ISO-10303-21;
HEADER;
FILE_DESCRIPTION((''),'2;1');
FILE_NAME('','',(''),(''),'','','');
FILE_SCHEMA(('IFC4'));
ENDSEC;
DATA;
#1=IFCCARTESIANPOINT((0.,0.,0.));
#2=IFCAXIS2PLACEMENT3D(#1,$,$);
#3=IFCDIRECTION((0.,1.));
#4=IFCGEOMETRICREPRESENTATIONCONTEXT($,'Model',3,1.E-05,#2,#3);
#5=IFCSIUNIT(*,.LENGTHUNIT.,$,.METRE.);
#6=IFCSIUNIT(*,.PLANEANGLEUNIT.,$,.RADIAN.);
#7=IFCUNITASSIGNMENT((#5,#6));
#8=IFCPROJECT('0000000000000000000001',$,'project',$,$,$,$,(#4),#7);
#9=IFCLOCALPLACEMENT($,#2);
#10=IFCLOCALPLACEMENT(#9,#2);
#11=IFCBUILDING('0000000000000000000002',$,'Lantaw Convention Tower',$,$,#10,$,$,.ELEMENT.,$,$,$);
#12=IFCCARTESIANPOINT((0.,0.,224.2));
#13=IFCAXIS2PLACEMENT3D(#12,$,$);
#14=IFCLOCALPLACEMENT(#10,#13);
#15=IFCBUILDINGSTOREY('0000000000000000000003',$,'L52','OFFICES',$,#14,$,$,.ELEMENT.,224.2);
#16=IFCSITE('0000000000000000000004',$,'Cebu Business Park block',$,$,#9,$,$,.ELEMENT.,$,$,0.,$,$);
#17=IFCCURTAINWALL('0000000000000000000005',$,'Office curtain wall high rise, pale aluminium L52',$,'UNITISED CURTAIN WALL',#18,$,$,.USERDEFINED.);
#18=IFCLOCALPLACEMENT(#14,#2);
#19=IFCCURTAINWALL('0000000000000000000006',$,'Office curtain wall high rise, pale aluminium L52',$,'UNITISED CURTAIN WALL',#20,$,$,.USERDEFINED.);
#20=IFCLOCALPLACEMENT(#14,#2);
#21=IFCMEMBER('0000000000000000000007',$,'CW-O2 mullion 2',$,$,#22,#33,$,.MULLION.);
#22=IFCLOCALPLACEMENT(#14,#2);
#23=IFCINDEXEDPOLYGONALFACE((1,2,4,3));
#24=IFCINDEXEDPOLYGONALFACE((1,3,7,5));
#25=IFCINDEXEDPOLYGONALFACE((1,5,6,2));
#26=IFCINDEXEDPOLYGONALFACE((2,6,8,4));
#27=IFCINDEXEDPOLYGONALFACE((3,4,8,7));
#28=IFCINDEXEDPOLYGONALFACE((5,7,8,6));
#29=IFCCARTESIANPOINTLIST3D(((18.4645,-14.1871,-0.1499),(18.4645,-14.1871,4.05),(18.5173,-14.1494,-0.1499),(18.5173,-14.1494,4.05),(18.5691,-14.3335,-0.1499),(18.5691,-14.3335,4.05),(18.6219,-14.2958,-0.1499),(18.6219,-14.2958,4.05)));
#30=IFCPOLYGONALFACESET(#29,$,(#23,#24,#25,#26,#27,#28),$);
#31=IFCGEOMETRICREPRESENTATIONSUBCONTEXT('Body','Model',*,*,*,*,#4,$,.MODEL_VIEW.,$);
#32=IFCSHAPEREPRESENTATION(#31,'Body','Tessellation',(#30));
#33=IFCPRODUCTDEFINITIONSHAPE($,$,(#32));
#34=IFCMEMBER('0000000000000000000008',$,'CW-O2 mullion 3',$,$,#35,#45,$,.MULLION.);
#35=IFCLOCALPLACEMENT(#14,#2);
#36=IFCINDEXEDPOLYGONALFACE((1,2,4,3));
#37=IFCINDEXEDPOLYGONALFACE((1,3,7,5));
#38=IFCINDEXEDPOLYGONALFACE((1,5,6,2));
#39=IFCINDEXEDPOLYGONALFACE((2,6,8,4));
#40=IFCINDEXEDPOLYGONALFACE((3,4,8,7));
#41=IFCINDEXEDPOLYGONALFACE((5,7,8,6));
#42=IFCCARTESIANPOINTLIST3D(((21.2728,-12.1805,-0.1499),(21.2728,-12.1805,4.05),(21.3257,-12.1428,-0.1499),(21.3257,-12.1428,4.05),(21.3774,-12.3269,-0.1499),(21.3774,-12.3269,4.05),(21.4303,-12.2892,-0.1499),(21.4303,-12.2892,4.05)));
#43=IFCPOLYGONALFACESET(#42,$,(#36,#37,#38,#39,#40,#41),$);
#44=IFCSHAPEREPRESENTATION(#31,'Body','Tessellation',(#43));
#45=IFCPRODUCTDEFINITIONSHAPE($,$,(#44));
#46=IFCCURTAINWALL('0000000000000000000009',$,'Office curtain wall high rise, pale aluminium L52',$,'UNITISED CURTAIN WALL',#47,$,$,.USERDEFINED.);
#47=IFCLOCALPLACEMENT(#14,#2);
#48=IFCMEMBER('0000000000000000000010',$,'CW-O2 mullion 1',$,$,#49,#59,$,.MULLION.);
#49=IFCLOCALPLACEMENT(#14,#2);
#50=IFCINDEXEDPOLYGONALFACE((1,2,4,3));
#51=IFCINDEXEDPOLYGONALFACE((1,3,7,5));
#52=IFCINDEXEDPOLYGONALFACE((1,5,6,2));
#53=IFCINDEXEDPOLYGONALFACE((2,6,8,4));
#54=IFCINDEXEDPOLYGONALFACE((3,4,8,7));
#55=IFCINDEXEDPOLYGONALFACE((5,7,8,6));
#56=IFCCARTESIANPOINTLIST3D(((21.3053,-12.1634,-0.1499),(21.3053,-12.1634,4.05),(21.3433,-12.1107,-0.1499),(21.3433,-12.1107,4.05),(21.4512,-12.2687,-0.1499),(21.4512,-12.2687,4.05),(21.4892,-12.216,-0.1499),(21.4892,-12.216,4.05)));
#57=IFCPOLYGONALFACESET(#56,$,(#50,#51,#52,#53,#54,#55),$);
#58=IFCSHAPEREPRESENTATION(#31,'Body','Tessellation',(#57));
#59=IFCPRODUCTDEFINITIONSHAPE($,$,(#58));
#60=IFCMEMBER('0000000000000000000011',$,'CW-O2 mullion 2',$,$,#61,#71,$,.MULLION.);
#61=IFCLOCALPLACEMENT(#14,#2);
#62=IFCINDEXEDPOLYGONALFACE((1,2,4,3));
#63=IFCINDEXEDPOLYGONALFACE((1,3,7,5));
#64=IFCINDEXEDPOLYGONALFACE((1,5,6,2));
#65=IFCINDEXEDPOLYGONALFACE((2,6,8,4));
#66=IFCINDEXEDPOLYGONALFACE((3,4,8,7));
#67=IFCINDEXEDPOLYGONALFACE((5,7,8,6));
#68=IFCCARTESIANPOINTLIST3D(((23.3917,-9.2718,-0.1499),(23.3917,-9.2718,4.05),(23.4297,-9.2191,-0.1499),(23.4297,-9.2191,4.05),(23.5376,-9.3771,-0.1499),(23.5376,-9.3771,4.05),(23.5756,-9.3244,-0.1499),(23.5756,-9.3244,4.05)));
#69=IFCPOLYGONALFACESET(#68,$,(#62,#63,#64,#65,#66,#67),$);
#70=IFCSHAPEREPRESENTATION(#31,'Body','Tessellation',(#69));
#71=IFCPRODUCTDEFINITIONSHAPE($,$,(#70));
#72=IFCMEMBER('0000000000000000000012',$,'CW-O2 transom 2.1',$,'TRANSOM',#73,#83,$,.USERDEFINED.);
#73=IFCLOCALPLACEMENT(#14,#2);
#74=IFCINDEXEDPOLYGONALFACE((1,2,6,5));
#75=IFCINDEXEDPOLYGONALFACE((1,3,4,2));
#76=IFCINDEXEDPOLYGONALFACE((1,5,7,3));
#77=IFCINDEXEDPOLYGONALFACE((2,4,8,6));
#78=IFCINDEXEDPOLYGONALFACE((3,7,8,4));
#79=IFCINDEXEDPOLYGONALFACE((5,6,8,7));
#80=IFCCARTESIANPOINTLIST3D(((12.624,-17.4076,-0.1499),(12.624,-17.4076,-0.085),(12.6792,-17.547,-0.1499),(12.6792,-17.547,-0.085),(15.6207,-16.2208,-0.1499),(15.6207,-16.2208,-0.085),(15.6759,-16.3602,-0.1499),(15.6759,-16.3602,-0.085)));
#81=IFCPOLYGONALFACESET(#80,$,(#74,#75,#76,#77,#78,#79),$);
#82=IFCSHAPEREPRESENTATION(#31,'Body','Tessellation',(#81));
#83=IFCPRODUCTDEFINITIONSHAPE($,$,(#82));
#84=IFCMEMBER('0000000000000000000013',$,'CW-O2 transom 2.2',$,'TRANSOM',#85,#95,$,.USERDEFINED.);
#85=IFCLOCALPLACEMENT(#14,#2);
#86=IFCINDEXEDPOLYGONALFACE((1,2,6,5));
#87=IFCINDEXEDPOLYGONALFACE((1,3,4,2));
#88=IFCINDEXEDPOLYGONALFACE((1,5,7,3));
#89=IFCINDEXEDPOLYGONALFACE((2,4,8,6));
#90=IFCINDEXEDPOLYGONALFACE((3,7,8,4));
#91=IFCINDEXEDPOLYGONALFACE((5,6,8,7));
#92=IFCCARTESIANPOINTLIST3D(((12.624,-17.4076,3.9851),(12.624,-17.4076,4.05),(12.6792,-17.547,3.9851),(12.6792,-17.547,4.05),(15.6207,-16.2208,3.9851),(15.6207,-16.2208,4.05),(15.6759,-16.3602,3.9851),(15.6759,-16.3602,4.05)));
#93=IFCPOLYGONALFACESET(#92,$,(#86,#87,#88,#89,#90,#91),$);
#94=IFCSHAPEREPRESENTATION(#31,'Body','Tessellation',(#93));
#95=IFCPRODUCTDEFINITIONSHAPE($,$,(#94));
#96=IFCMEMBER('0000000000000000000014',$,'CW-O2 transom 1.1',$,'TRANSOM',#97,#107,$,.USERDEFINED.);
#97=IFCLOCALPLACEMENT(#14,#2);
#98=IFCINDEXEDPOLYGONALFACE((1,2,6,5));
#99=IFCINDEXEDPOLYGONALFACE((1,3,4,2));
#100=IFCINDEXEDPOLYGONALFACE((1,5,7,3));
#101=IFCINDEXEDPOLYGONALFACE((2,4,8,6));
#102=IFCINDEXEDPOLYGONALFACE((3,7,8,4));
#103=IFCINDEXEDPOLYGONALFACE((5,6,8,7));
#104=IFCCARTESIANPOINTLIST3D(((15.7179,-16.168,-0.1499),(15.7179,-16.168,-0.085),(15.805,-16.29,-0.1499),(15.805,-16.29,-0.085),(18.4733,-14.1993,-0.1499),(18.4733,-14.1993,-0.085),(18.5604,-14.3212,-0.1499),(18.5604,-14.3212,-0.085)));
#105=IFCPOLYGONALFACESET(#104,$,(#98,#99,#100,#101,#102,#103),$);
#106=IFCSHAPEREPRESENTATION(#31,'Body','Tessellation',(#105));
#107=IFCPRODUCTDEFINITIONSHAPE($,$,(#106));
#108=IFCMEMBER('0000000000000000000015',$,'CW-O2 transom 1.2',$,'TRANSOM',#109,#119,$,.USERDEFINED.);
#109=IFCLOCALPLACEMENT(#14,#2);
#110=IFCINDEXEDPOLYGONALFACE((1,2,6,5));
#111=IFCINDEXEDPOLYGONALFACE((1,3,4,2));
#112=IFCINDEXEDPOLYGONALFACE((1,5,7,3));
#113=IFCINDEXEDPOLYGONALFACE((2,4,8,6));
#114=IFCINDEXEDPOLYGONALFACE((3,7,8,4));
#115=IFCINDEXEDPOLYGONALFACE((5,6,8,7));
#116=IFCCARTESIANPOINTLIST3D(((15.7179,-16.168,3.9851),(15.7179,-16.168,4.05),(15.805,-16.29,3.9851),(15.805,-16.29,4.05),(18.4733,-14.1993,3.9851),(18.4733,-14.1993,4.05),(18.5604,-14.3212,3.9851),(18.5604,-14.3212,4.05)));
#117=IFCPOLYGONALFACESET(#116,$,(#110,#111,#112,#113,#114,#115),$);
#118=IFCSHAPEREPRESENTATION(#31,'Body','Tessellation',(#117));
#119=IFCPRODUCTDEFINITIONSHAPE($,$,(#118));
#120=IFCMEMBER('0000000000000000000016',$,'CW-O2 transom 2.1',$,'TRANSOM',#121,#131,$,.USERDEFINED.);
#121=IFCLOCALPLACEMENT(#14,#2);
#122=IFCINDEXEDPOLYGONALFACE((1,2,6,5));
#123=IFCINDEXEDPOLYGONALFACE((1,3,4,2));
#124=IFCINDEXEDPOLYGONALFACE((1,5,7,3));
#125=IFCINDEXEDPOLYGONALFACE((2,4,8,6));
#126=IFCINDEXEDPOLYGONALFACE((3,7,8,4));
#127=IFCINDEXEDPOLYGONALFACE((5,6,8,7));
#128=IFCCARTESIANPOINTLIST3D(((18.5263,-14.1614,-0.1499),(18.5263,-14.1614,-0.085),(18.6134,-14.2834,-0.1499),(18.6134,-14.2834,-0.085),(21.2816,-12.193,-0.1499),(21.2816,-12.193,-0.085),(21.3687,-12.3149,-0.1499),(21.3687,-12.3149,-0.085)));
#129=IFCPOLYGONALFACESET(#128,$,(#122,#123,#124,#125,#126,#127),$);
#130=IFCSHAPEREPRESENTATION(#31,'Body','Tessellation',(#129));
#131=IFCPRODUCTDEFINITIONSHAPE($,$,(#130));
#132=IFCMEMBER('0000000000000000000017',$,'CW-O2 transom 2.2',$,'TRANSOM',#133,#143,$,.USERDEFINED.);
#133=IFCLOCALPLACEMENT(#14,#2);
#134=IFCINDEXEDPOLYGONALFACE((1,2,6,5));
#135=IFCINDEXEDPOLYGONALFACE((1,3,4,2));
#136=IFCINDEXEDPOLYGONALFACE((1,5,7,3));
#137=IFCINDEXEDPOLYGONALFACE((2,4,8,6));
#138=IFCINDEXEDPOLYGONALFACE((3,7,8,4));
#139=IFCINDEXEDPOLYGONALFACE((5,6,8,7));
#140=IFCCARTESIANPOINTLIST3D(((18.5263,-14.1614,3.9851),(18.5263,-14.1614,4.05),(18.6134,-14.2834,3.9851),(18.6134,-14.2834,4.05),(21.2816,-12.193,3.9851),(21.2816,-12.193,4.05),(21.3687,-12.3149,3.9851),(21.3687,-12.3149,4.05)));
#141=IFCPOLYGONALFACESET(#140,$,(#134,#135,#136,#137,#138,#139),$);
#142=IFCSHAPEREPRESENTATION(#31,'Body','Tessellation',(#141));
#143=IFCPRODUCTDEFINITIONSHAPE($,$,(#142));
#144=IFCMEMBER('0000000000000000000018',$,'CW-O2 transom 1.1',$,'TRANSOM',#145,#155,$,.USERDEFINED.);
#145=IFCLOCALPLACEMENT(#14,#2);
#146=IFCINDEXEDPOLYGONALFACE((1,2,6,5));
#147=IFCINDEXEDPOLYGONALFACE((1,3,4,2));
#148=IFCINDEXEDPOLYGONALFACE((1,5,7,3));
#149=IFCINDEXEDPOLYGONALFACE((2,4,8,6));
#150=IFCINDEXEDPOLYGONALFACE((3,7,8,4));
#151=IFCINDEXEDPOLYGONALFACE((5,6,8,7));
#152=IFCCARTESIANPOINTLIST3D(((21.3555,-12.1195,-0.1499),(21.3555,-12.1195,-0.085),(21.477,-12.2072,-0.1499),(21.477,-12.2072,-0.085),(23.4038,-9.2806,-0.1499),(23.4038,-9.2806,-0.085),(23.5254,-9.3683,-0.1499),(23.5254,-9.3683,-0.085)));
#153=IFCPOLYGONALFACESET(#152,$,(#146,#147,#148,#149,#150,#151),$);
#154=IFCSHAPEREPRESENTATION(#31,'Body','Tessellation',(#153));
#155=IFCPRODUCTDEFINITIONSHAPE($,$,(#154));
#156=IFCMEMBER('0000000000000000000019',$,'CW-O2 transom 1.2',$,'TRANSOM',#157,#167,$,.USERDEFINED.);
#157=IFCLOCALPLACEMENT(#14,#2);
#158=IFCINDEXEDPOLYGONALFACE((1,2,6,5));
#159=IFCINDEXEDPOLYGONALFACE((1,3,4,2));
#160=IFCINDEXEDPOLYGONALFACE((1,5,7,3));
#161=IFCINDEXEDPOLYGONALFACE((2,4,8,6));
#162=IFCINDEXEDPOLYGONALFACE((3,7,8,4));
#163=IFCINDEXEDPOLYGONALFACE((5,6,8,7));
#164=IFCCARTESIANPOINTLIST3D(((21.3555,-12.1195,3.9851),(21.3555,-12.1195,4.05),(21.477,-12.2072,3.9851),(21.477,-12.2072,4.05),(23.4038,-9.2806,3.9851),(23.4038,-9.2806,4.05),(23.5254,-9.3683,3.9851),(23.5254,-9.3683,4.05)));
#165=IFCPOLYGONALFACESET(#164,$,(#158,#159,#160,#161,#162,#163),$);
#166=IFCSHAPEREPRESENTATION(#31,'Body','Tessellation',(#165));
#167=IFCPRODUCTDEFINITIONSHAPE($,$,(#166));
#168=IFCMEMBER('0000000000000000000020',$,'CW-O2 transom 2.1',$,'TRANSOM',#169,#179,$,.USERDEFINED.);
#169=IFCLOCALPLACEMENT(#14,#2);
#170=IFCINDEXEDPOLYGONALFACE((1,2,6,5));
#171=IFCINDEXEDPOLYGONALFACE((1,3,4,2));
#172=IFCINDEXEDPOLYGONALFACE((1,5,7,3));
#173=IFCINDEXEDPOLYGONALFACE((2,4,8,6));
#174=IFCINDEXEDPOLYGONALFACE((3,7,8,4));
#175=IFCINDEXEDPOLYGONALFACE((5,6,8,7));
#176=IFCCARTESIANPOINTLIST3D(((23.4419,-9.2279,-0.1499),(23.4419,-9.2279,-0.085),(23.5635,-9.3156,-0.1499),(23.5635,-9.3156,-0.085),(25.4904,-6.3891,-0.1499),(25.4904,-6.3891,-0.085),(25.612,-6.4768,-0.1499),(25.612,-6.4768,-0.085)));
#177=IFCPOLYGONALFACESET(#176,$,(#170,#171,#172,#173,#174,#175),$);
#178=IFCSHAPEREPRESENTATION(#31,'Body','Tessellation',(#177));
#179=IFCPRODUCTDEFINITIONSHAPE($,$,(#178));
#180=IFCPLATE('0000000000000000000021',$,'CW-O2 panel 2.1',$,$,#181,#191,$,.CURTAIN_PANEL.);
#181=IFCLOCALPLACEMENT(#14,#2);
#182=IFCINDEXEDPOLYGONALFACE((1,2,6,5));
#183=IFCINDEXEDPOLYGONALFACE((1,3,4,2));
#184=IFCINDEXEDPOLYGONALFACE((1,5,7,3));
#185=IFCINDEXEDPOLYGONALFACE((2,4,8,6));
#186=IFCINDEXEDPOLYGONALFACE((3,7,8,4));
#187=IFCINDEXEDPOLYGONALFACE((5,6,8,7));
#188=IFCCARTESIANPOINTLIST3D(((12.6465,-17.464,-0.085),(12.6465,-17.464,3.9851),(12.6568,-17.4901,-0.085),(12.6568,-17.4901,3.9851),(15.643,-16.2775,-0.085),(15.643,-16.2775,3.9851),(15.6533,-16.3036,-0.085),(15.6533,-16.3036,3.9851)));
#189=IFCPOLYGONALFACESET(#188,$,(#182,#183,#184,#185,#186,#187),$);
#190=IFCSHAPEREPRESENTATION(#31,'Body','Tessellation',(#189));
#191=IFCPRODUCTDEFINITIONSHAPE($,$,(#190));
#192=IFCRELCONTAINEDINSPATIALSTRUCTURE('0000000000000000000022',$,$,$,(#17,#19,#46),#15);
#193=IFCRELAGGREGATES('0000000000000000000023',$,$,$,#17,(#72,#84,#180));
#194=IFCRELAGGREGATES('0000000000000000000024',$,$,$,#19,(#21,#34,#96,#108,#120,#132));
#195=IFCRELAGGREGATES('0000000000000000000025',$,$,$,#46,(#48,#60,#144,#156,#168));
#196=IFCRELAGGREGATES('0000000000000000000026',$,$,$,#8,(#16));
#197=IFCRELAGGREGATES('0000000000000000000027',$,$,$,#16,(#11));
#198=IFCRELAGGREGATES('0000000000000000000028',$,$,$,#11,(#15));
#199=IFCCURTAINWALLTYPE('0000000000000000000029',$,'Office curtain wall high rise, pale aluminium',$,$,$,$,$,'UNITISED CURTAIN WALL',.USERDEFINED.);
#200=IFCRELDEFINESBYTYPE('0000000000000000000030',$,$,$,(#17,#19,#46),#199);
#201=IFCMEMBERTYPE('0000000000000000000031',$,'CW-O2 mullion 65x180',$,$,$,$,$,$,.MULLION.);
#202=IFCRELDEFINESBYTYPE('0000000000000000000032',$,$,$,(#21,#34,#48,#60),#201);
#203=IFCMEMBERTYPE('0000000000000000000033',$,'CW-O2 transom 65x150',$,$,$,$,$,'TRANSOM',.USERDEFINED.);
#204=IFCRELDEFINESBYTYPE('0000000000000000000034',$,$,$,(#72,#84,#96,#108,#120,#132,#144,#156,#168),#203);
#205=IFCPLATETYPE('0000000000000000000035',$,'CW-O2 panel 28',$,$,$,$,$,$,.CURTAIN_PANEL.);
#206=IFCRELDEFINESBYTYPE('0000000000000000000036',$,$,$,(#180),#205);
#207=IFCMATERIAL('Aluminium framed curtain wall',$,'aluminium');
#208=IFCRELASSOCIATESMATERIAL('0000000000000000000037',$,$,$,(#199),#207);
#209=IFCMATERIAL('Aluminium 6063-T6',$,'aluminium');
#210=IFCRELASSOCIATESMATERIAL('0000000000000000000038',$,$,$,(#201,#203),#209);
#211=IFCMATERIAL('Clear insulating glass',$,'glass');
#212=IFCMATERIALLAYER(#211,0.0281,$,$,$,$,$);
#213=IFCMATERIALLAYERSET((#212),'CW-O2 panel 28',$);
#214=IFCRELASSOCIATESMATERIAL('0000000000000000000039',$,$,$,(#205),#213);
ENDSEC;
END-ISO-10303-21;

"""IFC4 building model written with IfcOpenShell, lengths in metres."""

from ifc_helpers import new_model, si_unit, direction, frame, origin, origin_2d, place, context, subcontext, project, spatial, rectangle, extrude, material, layer, layer_set, material_profile, profile_set, type_object, element, aggregate, save


model = new_model("IFC4")

# Units and contexts
model_context = context("Model", 3, precision=1e-05, world=origin(), true_north=direction((0.0, 1.0)))
body_context = subcontext(model_context, "Body", "Model", "MODEL_VIEW")
ifc_project = project(units=[si_unit("LENGTHUNIT", "METRE"), si_unit("PLANEANGLEUNIT", "RADIAN")], contexts=[model_context])

# Site, building, storey
site_placement = place(None, origin())
site = spatial("IfcSite", under=ifc_project, at=site_placement, Name="Cebu Business Park block", CompositionType="ELEMENT", RefElevation=0.0)
building_placement = place(site_placement, origin())
building = spatial("IfcBuilding", under=site, at=building_placement, Name="Lantaw Convention Tower", CompositionType="ELEMENT")
storey_placement = place(building_placement, frame((0.0, 0.0, 224.2)))
storey = spatial("IfcBuildingStorey", under=building, at=storey_placement, Name="L52", Description="OFFICES", CompositionType="ELEMENT", Elevation=224.2)

# Curtain walls, members
ifc_material_1 = material(Name="Aluminium framed curtain wall", Category="aluminium")
curtain_wall_type = type_object("IfcCurtainWallType", Name="Office curtain wall high rise, pale aluminium", ElementType="UNITISED CURTAIN WALL", PredefinedType="USERDEFINED", material=ifc_material_1)
curtain_wall_1_placement = place(storey_placement, origin())
curtain_wall_1 = element("IfcCurtainWall", 1, at=curtain_wall_1_placement, inside=storey, type_object=curtain_wall_type, Name="Office curtain wall high rise, pale aluminium L52", ObjectType="UNITISED CURTAIN WALL", PredefinedType="USERDEFINED")
ifc_material_2 = material(Name="Aluminium 6063-T6", Category="aluminium")
ifc_material_profile_1 = material_profile(ifc_material_2, rectangle(XDim=0.1799, YDim=0.0649, at=origin_2d()), Name="CW-O2 mullion 65x180")
ifc_profile_set_1 = profile_set([ifc_material_profile_1], Name="Aluminium 6063-T6")
member_type_1 = type_object("IfcMemberType", Name="CW-O2 mullion 65x180", PredefinedType="MULLION", material=ifc_profile_set_1)
curtain_wall_2_placement = place(storey_placement, origin())
curtain_wall_2 = element("IfcCurtainWall", 2, at=curtain_wall_2_placement, inside=storey, type_object=curtain_wall_type, Name="Office curtain wall high rise, pale aluminium L52", ObjectType="UNITISED CURTAIN WALL", PredefinedType="USERDEFINED")
member_1_placement = place(storey_placement, frame((18.5432, -14.2415, -0.1499), z_axis=(0.0, 0.0, 1.0), x_axis=(-0.581323, 0.813673, 0.0)))
member_1 = element("IfcMember", 3, at=member_1_placement, type_object=member_type_1, Name="CW-O2 mullion 2", PredefinedType="MULLION", context=body_context, shape_type="SweptSolid", body=[
    extrude(rectangle(XDim=0.1799, YDim=0.0649, at=origin_2d()), origin(), (0.0, 0.0, 1.0), 4.2),
])
member_2_placement = place(storey_placement, frame((21.3516, -12.2349, -0.1499), z_axis=(0.0, 0.0, 1.0), x_axis=(-0.581323, 0.813673, 0.0)))
member_2 = element("IfcMember", 4, at=member_2_placement, type_object=member_type_1, Name="CW-O2 mullion 3", PredefinedType="MULLION", context=body_context, shape_type="SweptSolid", body=[
    extrude(rectangle(XDim=0.1799, YDim=0.0649, at=origin_2d()), origin(), (0.0, 0.0, 1.0), 4.2),
])
curtain_wall_3_placement = place(storey_placement, origin())
curtain_wall_3 = element("IfcCurtainWall", 5, at=curtain_wall_3_placement, inside=storey, type_object=curtain_wall_type, Name="Office curtain wall high rise, pale aluminium L52", ObjectType="UNITISED CURTAIN WALL", PredefinedType="USERDEFINED")
member_3_placement = place(storey_placement, frame((21.3972, -12.1897, -0.1499), z_axis=(0.0, 0.0, 1.0), x_axis=(-0.81092, 0.585158, 0.0)))
member_3 = element("IfcMember", 6, at=member_3_placement, type_object=member_type_1, Name="CW-O2 mullion 1", PredefinedType="MULLION", context=body_context, shape_type="SweptSolid", body=[
    extrude(rectangle(XDim=0.1799, YDim=0.0649, at=origin_2d()), origin(), (0.0, 0.0, 1.0), 4.2),
])
member_4_placement = place(storey_placement, frame((23.4836, -9.2981, -0.1499), z_axis=(0.0, 0.0, 1.0), x_axis=(-0.81092, 0.585158, 0.0)))
member_4 = element("IfcMember", 7, at=member_4_placement, type_object=member_type_1, Name="CW-O2 mullion 2", PredefinedType="MULLION", context=body_context, shape_type="SweptSolid", body=[
    extrude(rectangle(XDim=0.1799, YDim=0.0649, at=origin_2d()), origin(), (0.0, 0.0, 1.0), 4.2),
])

# Members
ifc_material_profile_2 = material_profile(ifc_material_2, rectangle(XDim=0.1499, YDim=0.0649, at=origin_2d()), Name="CW-O2 transom 65x150")
ifc_profile_set_2 = profile_set([ifc_material_profile_2], Name="Aluminium 6063-T6")
member_type_2 = type_object("IfcMemberType", Name="CW-O2 transom 65x150", ElementType="TRANSOM", PredefinedType="USERDEFINED", material=ifc_profile_set_2)
member_5_placement = place(storey_placement, frame((12.6516, -17.4773, -0.1174), z_axis=(0.929741, 0.368215, 0.0), x_axis=(-0.368215, 0.929741, 0.0)))
member_5 = element("IfcMember", 8, at=member_5_placement, type_object=member_type_2, Name="CW-O2 transom 2.1", ObjectType="TRANSOM", PredefinedType="USERDEFINED", context=body_context, shape_type="SweptSolid", body=[
    extrude(rectangle(XDim=0.1499, YDim=0.0649, at=origin_2d()), origin(), (0.0, 0.0, 1.0), 3.2231),
])
member_6_placement = place(storey_placement, frame((12.6516, -17.4773, 4.0176), z_axis=(0.929741, 0.368215, 0.0), x_axis=(-0.368215, 0.929741, 0.0)))
member_6 = element("IfcMember", 9, at=member_6_placement, type_object=member_type_2, Name="CW-O2 transom 2.2", ObjectType="TRANSOM", PredefinedType="USERDEFINED", context=body_context, shape_type="SweptSolid", body=[
    extrude(rectangle(XDim=0.1499, YDim=0.0649, at=origin_2d()), origin(), (0.0, 0.0, 1.0), 3.2231),
])
member_7_placement = place(storey_placement, frame((15.7615, -16.229, -0.1174), z_axis=(0.813646, 0.581361, 0.0), x_axis=(-0.581361, 0.813646, 0.0)))
member_7 = element("IfcMember", 10, at=member_7_placement, type_object=member_type_2, Name="CW-O2 transom 1.1", ObjectType="TRANSOM", PredefinedType="USERDEFINED", context=body_context, shape_type="SweptSolid", body=[
    extrude(rectangle(XDim=0.1499, YDim=0.0649, at=origin_2d()), origin(), (0.0, 0.0, 1.0), 3.3865),
])
member_8_placement = place(storey_placement, frame((15.7615, -16.229, 4.0176), z_axis=(0.813646, 0.581361, 0.0), x_axis=(-0.581361, 0.813646, 0.0)))
member_8 = element("IfcMember", 11, at=member_8_placement, type_object=member_type_2, Name="CW-O2 transom 1.2", ObjectType="TRANSOM", PredefinedType="USERDEFINED", context=body_context, shape_type="SweptSolid", body=[
    extrude(rectangle(XDim=0.1499, YDim=0.0649, at=origin_2d()), origin(), (0.0, 0.0, 1.0), 3.3865),
])
member_9_placement = place(storey_placement, frame((18.5698, -14.2224, -0.1174), z_axis=(0.81368, 0.581313, 0.0), x_axis=(-0.581313, 0.81368, 0.0)))
member_9 = element("IfcMember", 12, at=member_9_placement, type_object=member_type_2, Name="CW-O2 transom 2.1", ObjectType="TRANSOM", PredefinedType="USERDEFINED", context=body_context, shape_type="SweptSolid", body=[
    extrude(rectangle(XDim=0.1499, YDim=0.0649, at=origin_2d()), origin(), (0.0, 0.0, 1.0), 3.3862),
])
member_10_placement = place(storey_placement, frame((18.5698, -14.2224, 4.0176), z_axis=(0.81368, 0.581313, 0.0), x_axis=(-0.581313, 0.81368, 0.0)))
member_10 = element("IfcMember", 13, at=member_10_placement, type_object=member_type_2, Name="CW-O2 transom 2.2", ObjectType="TRANSOM", PredefinedType="USERDEFINED", context=body_context, shape_type="SweptSolid", body=[
    extrude(rectangle(XDim=0.1499, YDim=0.0649, at=origin_2d()), origin(), (0.0, 0.0, 1.0), 3.3862),
])
member_11_placement = place(storey_placement, frame((21.4163, -12.1633, -0.1174), z_axis=(0.585124, 0.810944, 0.0), x_axis=(-0.810944, 0.585124, 0.0)))
member_11 = element("IfcMember", 14, at=member_11_placement, type_object=member_type_2, Name="CW-O2 transom 1.1", ObjectType="TRANSOM", PredefinedType="USERDEFINED", context=body_context, shape_type="SweptSolid", body=[
    extrude(rectangle(XDim=0.1499, YDim=0.0649, at=origin_2d()), origin(), (0.0, 0.0, 1.0), 3.5007),
])
member_12_placement = place(storey_placement, frame((21.4163, -12.1633, 4.0176), z_axis=(0.585124, 0.810944, 0.0), x_axis=(-0.810944, 0.585124, 0.0)))
member_12 = element("IfcMember", 15, at=member_12_placement, type_object=member_type_2, Name="CW-O2 transom 1.2", ObjectType="TRANSOM", PredefinedType="USERDEFINED", context=body_context, shape_type="SweptSolid", body=[
    extrude(rectangle(XDim=0.1499, YDim=0.0649, at=origin_2d()), origin(), (0.0, 0.0, 1.0), 3.5007),
])
member_13_placement = place(storey_placement, frame((23.5027, -9.2717, -0.1174), z_axis=(0.58517, 0.810911, 0.0), x_axis=(-0.810911, 0.58517, 0.0)))
member_13 = element("IfcMember", 16, at=member_13_placement, type_object=member_type_2, Name="CW-O2 transom 2.1", ObjectType="TRANSOM", PredefinedType="USERDEFINED", context=body_context, shape_type="SweptSolid", body=[
    extrude(rectangle(XDim=0.1499, YDim=0.0649, at=origin_2d()), origin(), (0.0, 0.0, 1.0), 3.5007),
])

# Plate
ifc_material_3 = material(Name="Clear insulating glass", Category="glass")
ifc_layer_1 = layer(ifc_material_3, 0.0281)
ifc_layer_set_1 = layer_set([ifc_layer_1], Name="CW-O2 panel 28")
plate_type_1 = type_object("IfcPlateType", Name="CW-O2 panel 28", PredefinedType="CURTAIN_PANEL", material=ifc_layer_set_1)
plate_1_placement = place(storey_placement, frame((14.1499, -16.8838, -0.085), z_axis=(0.0, 0.0, 1.0), x_axis=(0.929762, 0.368162, 0.0)))
plate_1 = element("IfcPlate", 17, at=plate_1_placement, type_object=plate_type_1, Name="CW-O2 panel 2.1", PredefinedType="CURTAIN_PANEL", context=body_context, shape_type="SweptSolid", body=[
    extrude(rectangle(XDim=3.2229, YDim=0.0281, at=origin_2d()), origin(), (0.0, 0.0, 1.0), 4.0701),
])
aggregate(curtain_wall_1, [member_5, member_6, plate_1])
aggregate(curtain_wall_2, [member_1, member_2, member_7, member_8, member_9, member_10])
aggregate(curtain_wall_3, [member_3, member_4, member_11, member_12, member_13])

save(model, "model.ifc")
